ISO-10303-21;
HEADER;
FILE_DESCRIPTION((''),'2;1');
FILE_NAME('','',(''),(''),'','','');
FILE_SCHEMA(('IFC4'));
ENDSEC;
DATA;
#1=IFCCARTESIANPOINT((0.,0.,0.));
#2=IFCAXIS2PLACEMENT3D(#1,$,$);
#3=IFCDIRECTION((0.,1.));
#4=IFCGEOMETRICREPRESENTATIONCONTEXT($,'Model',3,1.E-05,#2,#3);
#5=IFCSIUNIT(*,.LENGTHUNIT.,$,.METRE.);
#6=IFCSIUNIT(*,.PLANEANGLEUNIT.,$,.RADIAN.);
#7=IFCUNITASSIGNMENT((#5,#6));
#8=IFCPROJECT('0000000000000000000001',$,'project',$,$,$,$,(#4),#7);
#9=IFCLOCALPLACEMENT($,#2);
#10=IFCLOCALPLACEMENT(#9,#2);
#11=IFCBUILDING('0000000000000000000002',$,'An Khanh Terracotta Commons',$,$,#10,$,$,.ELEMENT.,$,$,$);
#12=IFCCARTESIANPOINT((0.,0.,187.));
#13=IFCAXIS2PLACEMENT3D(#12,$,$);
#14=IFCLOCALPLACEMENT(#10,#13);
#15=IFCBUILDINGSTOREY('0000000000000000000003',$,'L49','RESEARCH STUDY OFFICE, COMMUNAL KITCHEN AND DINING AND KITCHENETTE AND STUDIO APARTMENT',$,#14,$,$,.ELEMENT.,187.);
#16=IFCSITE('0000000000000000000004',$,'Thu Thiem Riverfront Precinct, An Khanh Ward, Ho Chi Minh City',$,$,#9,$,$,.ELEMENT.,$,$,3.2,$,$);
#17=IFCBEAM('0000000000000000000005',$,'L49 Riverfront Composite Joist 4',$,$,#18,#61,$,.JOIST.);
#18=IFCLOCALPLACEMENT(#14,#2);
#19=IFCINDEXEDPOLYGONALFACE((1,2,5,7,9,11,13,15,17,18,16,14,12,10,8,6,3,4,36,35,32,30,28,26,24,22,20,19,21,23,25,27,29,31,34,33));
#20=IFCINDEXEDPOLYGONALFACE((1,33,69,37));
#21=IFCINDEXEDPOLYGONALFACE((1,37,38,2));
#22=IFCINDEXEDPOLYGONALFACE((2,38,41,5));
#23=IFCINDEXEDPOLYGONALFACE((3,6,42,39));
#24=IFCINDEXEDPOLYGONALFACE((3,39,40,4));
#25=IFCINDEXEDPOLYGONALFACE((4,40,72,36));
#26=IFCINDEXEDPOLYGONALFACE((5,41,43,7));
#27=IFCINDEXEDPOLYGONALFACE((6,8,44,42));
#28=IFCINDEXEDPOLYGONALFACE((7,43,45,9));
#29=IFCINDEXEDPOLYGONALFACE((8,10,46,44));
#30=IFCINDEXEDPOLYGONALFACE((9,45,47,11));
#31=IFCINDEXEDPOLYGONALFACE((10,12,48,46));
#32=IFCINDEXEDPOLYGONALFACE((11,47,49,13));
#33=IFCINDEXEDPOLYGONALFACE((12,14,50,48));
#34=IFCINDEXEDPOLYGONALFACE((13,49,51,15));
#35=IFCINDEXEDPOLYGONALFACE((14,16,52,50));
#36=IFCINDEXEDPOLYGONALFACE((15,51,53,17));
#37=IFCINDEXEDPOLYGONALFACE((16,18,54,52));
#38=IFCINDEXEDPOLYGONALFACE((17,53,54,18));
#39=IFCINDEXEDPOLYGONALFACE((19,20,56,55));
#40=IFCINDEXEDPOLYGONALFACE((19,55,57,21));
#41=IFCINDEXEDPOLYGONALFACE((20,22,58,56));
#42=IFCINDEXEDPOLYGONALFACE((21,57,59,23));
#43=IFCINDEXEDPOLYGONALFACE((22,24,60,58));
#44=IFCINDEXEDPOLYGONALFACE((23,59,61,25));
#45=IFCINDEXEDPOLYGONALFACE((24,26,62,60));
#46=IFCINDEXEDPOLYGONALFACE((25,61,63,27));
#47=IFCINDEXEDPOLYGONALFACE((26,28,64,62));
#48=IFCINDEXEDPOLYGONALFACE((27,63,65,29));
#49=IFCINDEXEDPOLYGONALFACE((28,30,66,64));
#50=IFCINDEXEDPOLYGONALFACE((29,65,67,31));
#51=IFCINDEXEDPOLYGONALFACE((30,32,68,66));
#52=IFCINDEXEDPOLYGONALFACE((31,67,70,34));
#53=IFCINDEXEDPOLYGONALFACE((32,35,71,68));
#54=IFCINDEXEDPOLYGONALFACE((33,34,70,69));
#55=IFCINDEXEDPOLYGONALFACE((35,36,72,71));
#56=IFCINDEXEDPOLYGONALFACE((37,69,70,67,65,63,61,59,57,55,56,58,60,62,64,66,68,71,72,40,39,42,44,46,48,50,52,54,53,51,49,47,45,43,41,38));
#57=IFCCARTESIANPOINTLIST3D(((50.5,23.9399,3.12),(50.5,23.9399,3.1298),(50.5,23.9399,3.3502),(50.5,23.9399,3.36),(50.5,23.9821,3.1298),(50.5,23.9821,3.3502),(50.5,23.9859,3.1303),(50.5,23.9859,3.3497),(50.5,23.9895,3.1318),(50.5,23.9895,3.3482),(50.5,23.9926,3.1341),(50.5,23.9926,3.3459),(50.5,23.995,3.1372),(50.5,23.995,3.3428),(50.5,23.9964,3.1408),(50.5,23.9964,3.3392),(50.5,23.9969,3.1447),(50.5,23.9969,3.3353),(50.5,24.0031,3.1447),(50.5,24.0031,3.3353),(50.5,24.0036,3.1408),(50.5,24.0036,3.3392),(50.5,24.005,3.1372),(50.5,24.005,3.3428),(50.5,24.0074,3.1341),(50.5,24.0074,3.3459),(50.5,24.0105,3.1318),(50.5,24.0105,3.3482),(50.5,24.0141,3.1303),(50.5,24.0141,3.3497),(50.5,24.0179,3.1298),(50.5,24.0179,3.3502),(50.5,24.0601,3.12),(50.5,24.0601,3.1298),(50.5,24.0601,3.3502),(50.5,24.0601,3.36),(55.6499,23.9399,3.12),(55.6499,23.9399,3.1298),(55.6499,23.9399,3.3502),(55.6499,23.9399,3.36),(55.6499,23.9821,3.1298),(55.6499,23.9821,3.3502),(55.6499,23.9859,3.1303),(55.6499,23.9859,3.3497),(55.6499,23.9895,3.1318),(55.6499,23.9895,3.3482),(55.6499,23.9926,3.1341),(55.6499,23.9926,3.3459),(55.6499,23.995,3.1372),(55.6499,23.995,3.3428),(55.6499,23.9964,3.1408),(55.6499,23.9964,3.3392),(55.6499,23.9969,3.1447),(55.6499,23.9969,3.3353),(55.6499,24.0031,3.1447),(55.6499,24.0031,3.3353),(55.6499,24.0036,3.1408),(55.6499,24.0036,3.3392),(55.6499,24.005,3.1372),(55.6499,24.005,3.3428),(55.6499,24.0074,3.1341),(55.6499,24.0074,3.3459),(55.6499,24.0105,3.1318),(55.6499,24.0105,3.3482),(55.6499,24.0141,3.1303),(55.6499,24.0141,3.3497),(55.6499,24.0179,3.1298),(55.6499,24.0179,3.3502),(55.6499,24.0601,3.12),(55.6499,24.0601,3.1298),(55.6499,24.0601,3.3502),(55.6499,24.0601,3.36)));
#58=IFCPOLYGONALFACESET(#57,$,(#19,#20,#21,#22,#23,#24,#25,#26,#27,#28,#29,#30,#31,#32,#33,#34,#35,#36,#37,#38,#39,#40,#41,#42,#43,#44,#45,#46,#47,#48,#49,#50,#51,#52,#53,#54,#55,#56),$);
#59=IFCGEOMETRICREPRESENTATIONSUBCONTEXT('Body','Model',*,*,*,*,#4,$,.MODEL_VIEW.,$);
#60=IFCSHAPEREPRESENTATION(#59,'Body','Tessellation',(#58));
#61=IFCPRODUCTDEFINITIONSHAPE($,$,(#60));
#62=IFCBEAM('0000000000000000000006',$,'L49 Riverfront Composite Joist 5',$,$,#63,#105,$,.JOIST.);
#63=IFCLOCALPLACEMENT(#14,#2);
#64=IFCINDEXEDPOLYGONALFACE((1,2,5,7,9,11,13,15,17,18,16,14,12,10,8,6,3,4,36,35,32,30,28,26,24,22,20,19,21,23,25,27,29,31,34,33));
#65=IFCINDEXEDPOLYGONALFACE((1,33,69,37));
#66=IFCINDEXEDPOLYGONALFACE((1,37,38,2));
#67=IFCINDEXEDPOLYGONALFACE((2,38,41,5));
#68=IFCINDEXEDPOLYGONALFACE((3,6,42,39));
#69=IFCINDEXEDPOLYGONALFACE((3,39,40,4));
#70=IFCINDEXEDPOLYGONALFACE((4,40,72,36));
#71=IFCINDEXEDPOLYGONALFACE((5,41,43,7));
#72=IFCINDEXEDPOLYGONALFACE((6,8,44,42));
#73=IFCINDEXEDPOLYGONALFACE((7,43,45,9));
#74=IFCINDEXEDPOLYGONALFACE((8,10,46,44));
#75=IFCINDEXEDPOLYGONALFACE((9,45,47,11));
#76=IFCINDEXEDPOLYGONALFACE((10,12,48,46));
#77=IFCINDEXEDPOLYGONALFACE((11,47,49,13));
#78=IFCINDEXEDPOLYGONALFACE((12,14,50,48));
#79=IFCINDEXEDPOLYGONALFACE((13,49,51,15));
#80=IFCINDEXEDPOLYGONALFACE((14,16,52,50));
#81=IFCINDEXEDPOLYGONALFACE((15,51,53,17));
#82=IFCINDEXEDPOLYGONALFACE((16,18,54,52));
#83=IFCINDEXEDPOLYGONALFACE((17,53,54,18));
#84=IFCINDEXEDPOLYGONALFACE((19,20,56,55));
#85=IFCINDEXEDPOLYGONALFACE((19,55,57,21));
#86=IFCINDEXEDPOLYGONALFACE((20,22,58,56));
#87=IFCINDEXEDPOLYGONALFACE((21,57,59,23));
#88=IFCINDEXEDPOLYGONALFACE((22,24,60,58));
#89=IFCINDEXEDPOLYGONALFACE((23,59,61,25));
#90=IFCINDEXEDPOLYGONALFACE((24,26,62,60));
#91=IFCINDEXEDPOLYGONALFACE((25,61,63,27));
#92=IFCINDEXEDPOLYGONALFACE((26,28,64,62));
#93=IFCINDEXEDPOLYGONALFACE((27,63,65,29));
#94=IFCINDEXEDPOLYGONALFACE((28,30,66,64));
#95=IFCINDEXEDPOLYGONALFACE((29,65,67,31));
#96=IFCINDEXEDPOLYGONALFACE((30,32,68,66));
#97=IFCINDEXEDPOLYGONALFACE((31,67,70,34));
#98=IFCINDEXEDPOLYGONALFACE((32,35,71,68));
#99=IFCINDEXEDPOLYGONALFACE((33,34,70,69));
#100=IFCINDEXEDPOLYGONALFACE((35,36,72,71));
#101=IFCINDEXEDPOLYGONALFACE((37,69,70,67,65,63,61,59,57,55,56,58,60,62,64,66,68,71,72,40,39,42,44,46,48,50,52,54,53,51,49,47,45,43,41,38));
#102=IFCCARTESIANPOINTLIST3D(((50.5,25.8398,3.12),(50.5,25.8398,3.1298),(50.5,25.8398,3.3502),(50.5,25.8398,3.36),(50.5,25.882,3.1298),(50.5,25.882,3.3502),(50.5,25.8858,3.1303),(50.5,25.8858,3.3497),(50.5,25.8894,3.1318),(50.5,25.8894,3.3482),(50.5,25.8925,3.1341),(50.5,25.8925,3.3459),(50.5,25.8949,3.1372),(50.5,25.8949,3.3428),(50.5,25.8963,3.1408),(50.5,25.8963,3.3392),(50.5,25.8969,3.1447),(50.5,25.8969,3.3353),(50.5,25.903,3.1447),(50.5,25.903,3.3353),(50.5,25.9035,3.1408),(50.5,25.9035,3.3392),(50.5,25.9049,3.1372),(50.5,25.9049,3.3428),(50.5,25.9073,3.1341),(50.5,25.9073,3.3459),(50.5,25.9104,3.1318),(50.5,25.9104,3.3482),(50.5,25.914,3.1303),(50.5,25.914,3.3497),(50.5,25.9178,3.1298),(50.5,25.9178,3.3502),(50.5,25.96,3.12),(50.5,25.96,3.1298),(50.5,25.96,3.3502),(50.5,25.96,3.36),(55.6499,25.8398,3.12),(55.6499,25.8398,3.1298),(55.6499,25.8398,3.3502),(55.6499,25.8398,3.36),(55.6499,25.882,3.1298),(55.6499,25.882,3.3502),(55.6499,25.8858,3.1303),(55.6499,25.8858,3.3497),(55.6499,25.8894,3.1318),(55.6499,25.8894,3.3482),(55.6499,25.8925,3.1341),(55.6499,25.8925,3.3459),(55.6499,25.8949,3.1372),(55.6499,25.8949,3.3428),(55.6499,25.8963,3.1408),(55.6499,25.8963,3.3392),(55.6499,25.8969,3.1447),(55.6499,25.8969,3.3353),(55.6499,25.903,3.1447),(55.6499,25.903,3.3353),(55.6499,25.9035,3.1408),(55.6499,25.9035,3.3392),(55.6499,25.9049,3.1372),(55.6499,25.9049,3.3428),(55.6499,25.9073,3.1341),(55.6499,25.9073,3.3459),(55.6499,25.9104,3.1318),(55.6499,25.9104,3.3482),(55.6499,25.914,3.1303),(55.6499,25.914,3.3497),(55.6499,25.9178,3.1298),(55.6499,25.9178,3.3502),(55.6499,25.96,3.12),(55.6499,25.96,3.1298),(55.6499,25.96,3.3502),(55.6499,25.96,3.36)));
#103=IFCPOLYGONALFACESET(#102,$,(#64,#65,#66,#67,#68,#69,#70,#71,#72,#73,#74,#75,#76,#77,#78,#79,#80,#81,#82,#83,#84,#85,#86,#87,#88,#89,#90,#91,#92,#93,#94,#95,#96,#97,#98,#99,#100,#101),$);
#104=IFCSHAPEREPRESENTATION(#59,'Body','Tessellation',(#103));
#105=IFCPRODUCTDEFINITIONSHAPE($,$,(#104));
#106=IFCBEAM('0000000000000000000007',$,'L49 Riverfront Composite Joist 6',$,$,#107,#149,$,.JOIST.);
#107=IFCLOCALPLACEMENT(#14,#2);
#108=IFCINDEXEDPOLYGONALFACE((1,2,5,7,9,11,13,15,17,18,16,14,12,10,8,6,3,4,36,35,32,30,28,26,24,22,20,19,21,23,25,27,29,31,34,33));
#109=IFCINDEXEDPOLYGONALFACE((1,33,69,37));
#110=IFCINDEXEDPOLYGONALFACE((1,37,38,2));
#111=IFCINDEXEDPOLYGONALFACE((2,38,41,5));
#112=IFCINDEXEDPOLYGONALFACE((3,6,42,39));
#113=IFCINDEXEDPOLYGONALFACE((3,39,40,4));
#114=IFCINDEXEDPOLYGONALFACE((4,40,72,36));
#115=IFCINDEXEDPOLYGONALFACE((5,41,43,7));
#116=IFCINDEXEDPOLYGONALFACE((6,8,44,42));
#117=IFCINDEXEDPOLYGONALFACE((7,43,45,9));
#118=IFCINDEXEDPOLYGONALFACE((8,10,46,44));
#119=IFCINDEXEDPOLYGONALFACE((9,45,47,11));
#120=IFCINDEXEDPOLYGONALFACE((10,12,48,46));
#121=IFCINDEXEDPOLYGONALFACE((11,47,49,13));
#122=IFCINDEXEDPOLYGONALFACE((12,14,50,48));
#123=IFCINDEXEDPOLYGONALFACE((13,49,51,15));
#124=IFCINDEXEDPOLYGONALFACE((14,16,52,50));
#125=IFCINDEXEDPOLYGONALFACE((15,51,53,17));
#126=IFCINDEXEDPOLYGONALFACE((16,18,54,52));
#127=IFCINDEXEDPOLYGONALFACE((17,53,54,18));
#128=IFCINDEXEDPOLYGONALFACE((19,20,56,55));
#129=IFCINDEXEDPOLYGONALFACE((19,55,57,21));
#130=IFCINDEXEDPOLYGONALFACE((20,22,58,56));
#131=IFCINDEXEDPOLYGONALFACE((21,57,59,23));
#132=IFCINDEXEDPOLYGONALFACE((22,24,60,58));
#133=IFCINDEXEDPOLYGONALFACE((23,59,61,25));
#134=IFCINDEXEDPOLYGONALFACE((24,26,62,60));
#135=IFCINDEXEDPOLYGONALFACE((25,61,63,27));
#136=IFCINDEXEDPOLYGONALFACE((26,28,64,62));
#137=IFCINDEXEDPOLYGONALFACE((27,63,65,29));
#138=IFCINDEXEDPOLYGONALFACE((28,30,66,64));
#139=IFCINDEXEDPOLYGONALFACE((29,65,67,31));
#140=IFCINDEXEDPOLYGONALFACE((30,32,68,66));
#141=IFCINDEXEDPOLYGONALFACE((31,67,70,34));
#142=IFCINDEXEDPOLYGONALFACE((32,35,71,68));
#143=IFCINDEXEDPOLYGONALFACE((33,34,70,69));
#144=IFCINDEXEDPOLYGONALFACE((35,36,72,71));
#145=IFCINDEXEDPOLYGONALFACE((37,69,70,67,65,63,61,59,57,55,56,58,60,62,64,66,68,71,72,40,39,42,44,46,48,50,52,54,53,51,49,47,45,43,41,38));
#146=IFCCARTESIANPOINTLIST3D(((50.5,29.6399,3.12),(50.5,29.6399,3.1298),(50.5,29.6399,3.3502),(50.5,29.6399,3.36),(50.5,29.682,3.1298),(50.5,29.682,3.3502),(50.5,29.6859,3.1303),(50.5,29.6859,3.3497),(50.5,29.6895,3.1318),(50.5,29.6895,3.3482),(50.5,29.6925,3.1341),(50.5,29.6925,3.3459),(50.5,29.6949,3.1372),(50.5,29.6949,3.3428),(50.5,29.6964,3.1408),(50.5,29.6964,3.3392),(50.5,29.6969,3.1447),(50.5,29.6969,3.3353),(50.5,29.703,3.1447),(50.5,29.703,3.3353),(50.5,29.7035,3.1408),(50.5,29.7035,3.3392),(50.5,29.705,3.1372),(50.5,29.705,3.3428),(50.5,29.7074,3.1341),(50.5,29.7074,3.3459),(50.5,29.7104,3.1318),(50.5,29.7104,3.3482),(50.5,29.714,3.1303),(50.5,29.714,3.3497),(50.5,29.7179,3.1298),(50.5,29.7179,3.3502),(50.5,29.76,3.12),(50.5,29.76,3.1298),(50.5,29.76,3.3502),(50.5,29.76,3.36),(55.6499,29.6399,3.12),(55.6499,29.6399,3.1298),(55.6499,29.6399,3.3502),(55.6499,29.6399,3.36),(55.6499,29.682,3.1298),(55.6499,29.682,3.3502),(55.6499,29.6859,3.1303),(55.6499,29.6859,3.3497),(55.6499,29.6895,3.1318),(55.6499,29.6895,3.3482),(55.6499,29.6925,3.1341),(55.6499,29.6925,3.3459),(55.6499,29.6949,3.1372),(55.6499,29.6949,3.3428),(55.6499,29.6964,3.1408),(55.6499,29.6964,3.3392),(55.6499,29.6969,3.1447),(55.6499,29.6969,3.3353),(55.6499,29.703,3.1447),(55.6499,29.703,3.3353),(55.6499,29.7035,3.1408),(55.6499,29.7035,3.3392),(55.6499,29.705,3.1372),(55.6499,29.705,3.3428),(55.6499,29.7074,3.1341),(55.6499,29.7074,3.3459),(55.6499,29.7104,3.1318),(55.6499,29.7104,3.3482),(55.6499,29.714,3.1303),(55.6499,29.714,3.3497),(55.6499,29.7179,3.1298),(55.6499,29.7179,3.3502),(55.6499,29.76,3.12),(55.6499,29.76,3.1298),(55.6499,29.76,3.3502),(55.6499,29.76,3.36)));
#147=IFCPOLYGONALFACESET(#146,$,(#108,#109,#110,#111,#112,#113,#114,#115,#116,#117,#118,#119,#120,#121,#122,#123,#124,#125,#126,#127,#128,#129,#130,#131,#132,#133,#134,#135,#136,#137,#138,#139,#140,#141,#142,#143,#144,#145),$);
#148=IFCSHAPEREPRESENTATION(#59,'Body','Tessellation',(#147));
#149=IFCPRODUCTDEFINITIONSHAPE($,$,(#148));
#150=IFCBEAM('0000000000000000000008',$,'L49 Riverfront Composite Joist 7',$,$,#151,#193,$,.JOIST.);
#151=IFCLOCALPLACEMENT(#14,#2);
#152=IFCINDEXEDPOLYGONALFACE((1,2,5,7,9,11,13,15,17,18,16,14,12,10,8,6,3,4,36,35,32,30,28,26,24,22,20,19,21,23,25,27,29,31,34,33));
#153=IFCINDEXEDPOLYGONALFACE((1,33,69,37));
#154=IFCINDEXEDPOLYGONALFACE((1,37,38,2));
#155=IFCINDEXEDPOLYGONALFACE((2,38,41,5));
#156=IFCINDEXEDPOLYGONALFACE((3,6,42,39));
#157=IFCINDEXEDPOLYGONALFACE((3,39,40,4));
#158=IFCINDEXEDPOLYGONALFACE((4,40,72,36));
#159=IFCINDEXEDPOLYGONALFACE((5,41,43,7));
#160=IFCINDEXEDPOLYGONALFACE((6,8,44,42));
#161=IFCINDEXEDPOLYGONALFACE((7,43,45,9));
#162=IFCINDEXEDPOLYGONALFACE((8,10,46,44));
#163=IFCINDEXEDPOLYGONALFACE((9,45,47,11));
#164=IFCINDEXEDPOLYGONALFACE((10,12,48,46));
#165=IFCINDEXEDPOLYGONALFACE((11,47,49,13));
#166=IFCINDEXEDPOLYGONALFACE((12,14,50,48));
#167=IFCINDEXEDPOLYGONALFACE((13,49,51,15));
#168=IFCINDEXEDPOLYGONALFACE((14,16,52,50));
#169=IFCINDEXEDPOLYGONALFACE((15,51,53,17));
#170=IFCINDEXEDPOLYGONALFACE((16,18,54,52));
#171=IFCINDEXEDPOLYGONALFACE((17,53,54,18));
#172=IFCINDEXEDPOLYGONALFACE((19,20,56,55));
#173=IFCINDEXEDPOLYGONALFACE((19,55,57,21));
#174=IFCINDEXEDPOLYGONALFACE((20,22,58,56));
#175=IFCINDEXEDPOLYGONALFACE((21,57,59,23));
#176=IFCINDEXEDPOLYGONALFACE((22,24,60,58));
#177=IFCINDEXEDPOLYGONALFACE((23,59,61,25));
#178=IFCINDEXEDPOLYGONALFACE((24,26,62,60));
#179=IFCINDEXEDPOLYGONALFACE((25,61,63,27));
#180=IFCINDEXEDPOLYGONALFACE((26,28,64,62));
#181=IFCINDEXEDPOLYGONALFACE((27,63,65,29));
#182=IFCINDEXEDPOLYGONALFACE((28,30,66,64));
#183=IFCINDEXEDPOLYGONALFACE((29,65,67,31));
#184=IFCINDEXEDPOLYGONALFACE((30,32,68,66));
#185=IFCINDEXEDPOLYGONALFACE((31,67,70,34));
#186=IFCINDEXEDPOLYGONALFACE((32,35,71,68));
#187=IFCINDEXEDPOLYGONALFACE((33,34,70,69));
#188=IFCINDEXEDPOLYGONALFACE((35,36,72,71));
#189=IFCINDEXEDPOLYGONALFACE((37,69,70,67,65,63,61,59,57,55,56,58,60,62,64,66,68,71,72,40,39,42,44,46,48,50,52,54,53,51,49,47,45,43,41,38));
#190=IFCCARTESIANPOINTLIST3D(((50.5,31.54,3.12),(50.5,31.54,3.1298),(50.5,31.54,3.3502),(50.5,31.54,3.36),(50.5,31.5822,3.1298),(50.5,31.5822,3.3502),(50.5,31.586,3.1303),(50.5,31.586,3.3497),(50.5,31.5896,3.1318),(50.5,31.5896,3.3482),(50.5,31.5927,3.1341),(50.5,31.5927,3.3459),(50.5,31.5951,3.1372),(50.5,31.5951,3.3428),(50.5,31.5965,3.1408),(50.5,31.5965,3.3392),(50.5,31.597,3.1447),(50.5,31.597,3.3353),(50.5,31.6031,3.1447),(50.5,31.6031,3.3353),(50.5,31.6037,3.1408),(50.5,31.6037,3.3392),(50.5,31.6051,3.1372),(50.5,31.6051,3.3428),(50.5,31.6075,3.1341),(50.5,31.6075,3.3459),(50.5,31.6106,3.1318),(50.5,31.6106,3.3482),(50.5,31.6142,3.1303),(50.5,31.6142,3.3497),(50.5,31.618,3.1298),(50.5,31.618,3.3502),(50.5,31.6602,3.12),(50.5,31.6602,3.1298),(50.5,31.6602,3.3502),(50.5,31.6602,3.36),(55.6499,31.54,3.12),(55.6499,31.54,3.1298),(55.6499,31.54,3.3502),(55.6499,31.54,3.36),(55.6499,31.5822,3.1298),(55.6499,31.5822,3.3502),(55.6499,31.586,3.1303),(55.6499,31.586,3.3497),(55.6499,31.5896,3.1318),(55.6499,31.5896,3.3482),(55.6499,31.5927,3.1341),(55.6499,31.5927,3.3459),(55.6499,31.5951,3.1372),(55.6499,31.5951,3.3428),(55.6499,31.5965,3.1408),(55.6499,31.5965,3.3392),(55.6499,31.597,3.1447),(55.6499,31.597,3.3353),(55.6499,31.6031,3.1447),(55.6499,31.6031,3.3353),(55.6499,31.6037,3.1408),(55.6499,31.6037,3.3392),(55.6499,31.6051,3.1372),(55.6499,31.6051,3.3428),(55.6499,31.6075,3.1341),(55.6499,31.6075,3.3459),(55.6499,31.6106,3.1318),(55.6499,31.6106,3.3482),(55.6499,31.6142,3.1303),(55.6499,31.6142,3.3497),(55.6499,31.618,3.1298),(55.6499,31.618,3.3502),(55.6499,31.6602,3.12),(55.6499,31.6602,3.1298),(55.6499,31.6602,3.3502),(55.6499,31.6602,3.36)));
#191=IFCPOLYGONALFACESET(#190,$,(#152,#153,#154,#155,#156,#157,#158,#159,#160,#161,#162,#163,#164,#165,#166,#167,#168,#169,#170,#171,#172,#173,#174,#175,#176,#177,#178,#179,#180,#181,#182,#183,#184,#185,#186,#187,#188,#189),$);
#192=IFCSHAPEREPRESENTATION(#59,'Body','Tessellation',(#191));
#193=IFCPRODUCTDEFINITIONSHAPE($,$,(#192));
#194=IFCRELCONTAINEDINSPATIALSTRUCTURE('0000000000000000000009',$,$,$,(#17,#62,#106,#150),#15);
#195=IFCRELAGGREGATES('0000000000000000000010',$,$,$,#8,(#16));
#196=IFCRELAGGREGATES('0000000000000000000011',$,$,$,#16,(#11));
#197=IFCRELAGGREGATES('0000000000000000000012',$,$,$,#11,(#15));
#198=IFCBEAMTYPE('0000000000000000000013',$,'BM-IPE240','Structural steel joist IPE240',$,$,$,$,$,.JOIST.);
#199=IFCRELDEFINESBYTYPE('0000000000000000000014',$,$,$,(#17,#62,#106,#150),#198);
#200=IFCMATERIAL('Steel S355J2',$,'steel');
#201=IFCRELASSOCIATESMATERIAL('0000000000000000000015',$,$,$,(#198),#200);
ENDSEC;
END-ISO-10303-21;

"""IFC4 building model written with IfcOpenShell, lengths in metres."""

from ifc_helpers import new_model, si_unit, direction, frame, origin, origin_2d, place, context, subcontext, project, spatial, i_section, extrude, material, material_profile, profile_set, type_object, element, save


model = new_model("IFC4")

# Units and contexts
model_context = context("Model", 3, precision=1e-05, world=origin(), true_north=direction((0.0, 1.0)))
body_context = subcontext(model_context, "Body", "Model", "MODEL_VIEW")
ifc_project = project(units=[si_unit("LENGTHUNIT", "METRE"), si_unit("PLANEANGLEUNIT", "RADIAN")], contexts=[model_context])

# Site, building, storey
site_placement = place(None, origin())
site = spatial("IfcSite", under=ifc_project, at=site_placement, Name="Thu Thiem Riverfront Precinct, An Khanh Ward, Ho Chi Minh City", CompositionType="ELEMENT", RefElevation=3.2)
building_placement = place(site_placement, origin())
building = spatial("IfcBuilding", under=site, at=building_placement, Name="An Khanh Terracotta Commons", CompositionType="ELEMENT")
storey_placement = place(building_placement, frame((0.0, 0.0, 187.0)))
storey = spatial("IfcBuildingStorey", under=building, at=storey_placement, Name="L49", Description="RESEARCH STUDY OFFICE, COMMUNAL KITCHEN AND DINING AND KITCHENETTE AND STUDIO APARTMENT", CompositionType="ELEMENT", Elevation=187.0)

# Beams
ifc_material_1 = material(Name="Steel S355J2", Category="steel")
ifc_material_profile_1 = material_profile(ifc_material_1, i_section(OverallWidth=0.1201, OverallDepth=0.24, WebThickness=0.0061, FlangeThickness=0.0098, FilletRadius=0.0149, at=origin_2d()), Name="IPE240")
ifc_profile_set_1 = profile_set([ifc_material_profile_1], Name="Steel S355J2")
beam_type = type_object("IfcBeamType", Name="BM-IPE240", Description="Structural steel joist IPE240", PredefinedType="JOIST", material=ifc_profile_set_1)
for number, where, z_axis, x_axis, name in (
    (1, (50.5, 24.0, 3.24), (1.0, 0.0, 0.0), (0.0, 1.0, 0.0), "L49 Riverfront Composite Joist 4"),
    (2, (50.5, 25.8999, 3.24), (1.0, 0.0, 0.0), (0.0, 1.0, 0.0), "L49 Riverfront Composite Joist 5"),
    (3, (50.5, 29.7, 3.24), (1.0, 0.0, 0.0), (0.0, 1.0, 0.0), "L49 Riverfront Composite Joist 6"),
    (4, (50.5, 31.6001, 3.24), (1.0, 0.0, 0.0), (0.0, 1.0, 0.0), "L49 Riverfront Composite Joist 7"),
):
    element("IfcBeam", number, at=place(storey_placement, frame(where, z_axis=z_axis, x_axis=x_axis)), inside=storey, type_object=beam_type, Name=name, PredefinedType="JOIST", context=body_context, shape_type="SweptSolid", body=[
        extrude(i_section(OverallWidth=0.1201, OverallDepth=0.24, WebThickness=0.0061, FlangeThickness=0.0098, FilletRadius=0.0149, at=origin_2d()), origin(), (0.0, 0.0, 1.0), 5.1499),
    ])

save(model, "model.ifc")
